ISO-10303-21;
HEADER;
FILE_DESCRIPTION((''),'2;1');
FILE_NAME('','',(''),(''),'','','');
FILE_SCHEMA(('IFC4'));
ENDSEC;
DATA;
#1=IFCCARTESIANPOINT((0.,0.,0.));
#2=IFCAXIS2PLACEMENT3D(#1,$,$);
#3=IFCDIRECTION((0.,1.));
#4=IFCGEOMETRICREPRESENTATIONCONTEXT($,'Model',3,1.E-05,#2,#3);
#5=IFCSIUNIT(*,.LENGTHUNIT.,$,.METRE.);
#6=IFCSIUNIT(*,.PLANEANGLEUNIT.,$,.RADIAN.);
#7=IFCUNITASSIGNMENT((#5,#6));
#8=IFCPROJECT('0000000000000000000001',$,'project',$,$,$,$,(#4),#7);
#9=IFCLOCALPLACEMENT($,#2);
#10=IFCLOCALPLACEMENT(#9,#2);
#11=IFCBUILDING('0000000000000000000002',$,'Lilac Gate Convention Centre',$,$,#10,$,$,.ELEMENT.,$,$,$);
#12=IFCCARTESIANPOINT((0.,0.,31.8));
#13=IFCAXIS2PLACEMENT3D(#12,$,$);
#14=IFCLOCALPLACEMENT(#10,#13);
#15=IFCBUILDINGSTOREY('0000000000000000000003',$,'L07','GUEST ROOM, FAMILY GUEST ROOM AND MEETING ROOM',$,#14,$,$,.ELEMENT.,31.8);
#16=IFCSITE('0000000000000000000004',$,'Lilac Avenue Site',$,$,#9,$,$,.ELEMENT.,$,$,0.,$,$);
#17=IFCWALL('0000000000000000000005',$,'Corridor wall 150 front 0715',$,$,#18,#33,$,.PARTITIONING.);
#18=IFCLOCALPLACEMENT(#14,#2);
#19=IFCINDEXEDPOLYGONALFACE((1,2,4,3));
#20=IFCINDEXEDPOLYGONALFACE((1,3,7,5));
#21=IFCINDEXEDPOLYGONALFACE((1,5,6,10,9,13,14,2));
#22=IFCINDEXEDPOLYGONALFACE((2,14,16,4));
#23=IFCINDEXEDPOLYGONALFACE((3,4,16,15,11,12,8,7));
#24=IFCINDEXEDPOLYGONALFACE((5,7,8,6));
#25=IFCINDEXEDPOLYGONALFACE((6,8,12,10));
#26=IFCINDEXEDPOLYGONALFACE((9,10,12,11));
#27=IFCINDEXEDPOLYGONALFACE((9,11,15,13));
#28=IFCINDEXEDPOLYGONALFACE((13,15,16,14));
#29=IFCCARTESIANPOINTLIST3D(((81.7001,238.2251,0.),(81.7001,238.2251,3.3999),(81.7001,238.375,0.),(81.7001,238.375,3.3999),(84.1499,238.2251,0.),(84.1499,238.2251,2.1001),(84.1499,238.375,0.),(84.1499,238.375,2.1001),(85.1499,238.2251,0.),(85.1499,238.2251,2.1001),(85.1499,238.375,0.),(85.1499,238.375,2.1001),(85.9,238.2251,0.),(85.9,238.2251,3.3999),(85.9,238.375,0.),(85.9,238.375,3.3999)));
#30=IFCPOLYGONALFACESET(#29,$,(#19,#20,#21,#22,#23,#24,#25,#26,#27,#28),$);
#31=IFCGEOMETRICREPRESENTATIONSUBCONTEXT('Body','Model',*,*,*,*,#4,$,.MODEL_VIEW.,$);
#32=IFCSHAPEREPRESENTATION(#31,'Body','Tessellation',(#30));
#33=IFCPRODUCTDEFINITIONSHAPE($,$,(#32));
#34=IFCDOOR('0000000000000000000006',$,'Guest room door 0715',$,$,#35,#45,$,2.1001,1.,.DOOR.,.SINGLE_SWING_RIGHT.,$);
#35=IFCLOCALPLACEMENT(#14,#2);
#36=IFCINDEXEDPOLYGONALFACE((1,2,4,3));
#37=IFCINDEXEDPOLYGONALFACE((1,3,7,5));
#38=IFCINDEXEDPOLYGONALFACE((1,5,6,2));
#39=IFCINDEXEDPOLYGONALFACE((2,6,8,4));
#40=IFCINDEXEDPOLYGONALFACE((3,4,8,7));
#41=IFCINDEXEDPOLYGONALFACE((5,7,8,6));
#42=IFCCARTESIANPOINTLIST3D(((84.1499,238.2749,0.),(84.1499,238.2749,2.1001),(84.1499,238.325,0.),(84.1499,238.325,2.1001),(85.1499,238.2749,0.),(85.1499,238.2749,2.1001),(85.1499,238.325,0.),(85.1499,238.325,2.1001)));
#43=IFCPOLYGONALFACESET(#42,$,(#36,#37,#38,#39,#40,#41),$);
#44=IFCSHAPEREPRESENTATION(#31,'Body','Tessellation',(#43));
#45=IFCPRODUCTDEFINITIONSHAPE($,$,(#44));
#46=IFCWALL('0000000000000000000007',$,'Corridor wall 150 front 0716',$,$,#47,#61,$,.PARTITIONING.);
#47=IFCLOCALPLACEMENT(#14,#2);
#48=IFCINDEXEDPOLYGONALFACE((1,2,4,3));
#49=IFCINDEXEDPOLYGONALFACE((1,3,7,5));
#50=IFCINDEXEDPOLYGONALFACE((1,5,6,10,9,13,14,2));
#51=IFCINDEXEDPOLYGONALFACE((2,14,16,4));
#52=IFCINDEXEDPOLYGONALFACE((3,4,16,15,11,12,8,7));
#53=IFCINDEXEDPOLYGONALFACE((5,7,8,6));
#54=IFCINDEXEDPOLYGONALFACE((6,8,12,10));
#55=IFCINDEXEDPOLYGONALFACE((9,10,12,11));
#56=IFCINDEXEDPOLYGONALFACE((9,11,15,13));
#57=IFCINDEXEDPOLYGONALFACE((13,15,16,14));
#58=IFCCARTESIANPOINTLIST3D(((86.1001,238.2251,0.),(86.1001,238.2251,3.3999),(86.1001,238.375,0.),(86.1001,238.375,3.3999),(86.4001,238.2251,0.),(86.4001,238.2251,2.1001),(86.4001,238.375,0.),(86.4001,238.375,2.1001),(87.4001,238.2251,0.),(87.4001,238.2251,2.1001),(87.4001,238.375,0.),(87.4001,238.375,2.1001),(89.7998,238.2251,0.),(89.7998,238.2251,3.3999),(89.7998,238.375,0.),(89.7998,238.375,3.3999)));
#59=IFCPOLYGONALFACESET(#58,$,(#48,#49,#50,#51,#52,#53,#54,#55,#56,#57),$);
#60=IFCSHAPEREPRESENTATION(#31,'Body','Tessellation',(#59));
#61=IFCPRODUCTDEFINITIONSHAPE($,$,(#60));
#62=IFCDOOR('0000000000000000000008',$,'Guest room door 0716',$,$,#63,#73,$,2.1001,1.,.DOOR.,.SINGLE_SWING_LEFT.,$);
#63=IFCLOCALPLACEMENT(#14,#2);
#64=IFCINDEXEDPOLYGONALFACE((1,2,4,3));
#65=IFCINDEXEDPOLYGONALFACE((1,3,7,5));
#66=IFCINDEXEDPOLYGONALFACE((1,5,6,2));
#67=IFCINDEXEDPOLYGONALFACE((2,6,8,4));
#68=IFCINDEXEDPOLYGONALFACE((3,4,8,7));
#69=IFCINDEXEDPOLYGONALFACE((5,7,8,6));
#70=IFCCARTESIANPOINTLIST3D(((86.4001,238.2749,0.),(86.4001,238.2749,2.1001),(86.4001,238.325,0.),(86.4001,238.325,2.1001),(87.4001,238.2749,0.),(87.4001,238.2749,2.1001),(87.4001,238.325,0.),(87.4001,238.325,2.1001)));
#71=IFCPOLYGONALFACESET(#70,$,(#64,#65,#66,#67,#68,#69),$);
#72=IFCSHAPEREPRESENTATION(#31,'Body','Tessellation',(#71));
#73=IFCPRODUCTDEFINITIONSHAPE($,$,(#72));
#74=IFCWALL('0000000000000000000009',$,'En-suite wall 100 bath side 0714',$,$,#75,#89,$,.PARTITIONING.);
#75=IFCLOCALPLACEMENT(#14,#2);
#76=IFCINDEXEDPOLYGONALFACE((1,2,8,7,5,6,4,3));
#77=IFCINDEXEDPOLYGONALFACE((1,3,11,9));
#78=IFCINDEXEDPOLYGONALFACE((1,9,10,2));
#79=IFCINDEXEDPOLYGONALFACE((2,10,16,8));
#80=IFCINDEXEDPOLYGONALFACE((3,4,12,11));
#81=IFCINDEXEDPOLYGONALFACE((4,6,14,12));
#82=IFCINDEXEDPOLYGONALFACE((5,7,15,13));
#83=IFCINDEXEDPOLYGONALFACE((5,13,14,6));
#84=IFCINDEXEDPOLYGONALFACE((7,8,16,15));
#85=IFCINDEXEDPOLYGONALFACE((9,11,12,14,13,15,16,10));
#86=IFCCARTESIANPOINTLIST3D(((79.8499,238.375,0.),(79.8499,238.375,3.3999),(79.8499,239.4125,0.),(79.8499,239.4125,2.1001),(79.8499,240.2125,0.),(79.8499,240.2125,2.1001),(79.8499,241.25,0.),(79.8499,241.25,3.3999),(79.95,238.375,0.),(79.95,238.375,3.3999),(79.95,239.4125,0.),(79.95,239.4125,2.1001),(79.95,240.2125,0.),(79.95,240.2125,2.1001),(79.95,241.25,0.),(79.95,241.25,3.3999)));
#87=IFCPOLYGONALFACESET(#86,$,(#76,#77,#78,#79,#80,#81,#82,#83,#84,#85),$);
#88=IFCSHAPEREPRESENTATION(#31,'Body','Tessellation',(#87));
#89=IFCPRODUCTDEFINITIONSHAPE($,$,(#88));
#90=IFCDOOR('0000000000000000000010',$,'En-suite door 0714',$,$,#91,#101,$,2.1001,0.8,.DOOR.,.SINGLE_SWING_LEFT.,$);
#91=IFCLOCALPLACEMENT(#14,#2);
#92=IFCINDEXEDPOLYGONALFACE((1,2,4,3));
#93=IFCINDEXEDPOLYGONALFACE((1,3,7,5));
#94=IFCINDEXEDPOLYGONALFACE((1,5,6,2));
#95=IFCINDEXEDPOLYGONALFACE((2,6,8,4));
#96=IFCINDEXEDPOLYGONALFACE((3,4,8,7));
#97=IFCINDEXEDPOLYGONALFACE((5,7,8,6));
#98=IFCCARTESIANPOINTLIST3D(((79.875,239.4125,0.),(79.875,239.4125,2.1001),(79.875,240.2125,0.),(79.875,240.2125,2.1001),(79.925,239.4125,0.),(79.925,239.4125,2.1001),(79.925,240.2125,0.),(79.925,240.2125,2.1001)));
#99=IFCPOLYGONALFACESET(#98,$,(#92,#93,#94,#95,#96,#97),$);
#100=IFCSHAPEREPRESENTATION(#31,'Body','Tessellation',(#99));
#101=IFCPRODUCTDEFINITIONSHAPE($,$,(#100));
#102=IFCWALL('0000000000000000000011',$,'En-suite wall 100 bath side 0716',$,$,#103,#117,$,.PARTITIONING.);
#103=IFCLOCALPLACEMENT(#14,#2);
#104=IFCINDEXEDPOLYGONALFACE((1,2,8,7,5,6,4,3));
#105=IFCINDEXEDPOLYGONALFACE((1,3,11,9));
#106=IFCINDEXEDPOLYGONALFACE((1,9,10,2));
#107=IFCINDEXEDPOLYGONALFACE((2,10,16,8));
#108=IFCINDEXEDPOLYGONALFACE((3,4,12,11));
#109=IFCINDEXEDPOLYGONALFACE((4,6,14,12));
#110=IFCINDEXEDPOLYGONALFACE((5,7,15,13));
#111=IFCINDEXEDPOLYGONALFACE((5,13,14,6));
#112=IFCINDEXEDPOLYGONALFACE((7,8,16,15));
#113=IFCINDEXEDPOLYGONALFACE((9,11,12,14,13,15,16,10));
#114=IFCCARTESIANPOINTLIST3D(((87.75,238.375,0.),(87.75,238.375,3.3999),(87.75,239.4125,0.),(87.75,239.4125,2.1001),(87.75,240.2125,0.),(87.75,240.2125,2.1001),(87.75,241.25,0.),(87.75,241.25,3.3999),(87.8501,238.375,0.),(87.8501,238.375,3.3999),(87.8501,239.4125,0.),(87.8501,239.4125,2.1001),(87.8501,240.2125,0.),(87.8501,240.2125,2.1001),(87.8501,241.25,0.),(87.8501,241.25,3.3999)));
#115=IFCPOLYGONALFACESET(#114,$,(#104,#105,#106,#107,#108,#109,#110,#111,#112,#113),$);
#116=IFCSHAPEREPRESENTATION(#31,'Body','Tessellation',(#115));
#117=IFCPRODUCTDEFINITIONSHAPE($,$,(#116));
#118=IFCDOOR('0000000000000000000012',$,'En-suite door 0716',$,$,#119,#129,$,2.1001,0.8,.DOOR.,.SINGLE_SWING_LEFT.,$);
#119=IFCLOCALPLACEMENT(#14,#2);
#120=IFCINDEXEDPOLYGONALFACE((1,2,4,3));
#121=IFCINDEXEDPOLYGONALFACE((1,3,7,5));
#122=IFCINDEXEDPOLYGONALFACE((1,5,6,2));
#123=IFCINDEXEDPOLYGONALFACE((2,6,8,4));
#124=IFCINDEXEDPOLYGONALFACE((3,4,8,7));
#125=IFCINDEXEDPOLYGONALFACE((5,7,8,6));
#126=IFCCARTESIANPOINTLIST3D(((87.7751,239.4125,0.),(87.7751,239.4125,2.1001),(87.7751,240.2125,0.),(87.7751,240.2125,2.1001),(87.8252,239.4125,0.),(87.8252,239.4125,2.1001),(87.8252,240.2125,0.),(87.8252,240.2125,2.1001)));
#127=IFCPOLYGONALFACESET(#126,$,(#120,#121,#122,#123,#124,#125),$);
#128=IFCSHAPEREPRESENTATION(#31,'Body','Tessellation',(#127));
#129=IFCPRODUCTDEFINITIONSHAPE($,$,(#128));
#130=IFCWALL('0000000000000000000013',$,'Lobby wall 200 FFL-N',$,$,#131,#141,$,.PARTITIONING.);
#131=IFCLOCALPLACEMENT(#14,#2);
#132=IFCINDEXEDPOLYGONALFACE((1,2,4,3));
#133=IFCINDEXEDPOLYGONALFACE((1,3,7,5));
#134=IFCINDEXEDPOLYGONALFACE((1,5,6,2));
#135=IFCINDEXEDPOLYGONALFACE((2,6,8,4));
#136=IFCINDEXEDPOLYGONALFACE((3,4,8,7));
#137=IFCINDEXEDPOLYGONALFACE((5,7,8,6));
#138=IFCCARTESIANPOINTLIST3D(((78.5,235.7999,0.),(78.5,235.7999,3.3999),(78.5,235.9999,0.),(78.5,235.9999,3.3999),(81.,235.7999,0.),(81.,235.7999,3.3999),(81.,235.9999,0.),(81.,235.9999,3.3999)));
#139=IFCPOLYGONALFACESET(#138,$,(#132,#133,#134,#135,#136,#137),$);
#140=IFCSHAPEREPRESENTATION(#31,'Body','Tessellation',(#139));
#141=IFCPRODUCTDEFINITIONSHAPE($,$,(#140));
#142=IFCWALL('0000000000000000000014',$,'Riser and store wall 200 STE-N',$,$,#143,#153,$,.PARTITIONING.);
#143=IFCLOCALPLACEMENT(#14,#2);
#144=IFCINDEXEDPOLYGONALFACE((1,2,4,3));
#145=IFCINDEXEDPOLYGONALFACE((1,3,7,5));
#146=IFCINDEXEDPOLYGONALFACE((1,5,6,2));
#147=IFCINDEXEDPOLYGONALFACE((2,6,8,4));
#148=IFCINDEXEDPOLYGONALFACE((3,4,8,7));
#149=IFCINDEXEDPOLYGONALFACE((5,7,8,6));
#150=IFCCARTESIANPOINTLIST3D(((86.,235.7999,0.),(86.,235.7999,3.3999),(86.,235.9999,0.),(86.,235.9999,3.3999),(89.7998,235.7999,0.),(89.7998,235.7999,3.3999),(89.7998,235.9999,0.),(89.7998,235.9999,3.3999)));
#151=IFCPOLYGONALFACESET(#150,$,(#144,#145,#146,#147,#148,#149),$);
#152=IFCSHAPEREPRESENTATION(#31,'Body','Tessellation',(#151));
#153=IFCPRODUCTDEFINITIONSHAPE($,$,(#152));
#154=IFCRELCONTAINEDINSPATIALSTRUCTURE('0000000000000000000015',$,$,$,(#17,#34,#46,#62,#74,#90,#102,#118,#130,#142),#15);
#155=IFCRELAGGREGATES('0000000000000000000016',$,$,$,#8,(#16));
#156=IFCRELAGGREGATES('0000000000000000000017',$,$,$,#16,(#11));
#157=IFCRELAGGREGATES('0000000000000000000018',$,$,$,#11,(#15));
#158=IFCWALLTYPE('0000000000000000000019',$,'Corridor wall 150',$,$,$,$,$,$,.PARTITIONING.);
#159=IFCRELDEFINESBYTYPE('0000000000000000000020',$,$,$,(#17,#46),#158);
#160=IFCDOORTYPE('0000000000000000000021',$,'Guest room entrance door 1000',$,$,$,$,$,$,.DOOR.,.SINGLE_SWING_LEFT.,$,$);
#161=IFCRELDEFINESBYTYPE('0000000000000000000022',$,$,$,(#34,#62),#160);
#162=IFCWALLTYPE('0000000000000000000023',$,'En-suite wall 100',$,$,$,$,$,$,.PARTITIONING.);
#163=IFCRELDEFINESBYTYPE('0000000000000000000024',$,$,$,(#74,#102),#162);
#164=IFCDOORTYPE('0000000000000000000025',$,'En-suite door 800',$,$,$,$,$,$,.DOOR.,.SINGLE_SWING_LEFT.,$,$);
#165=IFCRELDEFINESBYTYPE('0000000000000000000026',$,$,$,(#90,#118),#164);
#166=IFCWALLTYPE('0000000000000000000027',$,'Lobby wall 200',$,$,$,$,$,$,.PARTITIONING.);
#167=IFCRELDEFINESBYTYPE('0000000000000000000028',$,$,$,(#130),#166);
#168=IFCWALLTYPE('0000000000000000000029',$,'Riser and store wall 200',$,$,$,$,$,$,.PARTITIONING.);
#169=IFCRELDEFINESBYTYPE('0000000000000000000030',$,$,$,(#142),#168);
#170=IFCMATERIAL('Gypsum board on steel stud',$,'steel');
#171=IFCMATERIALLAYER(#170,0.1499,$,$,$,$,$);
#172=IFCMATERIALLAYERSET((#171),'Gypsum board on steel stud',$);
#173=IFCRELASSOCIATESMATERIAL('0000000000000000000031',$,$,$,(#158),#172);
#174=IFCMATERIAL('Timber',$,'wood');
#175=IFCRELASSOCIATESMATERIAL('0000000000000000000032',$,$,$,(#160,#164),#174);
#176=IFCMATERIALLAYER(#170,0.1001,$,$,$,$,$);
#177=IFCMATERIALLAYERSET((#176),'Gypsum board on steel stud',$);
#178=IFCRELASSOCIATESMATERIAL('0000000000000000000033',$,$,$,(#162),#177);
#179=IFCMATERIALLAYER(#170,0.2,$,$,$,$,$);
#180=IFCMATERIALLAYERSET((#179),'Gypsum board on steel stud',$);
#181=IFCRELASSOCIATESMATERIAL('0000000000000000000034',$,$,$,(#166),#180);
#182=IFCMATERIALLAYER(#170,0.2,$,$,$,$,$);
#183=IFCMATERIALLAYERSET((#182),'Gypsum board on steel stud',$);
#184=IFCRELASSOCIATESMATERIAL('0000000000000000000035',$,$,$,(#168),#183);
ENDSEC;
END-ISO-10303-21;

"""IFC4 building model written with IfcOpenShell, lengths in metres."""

from ifc_helpers import new_model, si_unit, direction, frame, frame_2d, origin, place, context, subcontext, project, spatial, rectangle, extrude, material, layer, layer_set, type_object, element, fill, save


model = new_model("IFC4")

# Units and contexts
model_context = context("Model", 3, precision=1e-05, world=origin(), true_north=direction((0.0, 1.0)))
body_context = subcontext(model_context, "Body", "Model", "MODEL_VIEW")
ifc_project = project(units=[si_unit("LENGTHUNIT", "METRE"), si_unit("PLANEANGLEUNIT", "RADIAN")], contexts=[model_context])

# Site, building, storey
site_placement = place(None, origin())
site = spatial("IfcSite", under=ifc_project, at=site_placement, Name="Lilac Avenue Site", CompositionType="ELEMENT", RefElevation=0.0)
building_placement = place(site_placement, origin())
building = spatial("IfcBuilding", under=site, at=building_placement, Name="Lilac Gate Convention Centre", CompositionType="ELEMENT")
storey_placement = place(building_placement, frame((0.0, 0.0, 31.8)))
storey = spatial("IfcBuildingStorey", under=building, at=storey_placement, Name="L07", Description="GUEST ROOM, FAMILY GUEST ROOM AND MEETING ROOM", CompositionType="ELEMENT", Elevation=31.8)

# Walls, openings, doors
ifc_material_1 = material(Name="Gypsum board on steel stud", Category="steel")
ifc_layer_1 = layer(ifc_material_1, 0.1499)
ifc_layer_set_1 = layer_set([ifc_layer_1], Name="Gypsum board on steel stud")
wall_type_1 = type_object("IfcWallType", Name="Corridor wall 150", PredefinedType="PARTITIONING", material=ifc_layer_set_1)
ifc_material_2 = material(Name="Timber", Category="wood")
door_type_1 = type_object("IfcDoorType", Name="Guest room entrance door 1000", OperationType="SINGLE_SWING_LEFT", PredefinedType="DOOR", material=ifc_material_2)
wall_1_placement = place(storey_placement, frame((81.7, 238.3, 0.0), z_axis=(0.0, 0.0, 1.0), x_axis=(1.0, 0.0, 0.0)))
wall_1 = element("IfcWall", 1, at=wall_1_placement, inside=storey, type_object=wall_type_1, Name="Corridor wall 150 front 0715", PredefinedType="PARTITIONING", context=body_context, shape_type="SweptSolid", body=[
    extrude(rectangle(XDim=4.2, YDim=0.1499, at=frame_2d((2.1001, 0.0))), origin(), (0.0, 0.0, 1.0), 3.3999),
])
opening_1_placement = place(wall_1_placement, frame((2.45, 0.0, 0.0)))
opening_1 = element("IfcOpeningElement", 2, at=opening_1_placement, cuts=wall_1, PredefinedType="OPENING", context=body_context, shape_type="SweptSolid", body=[
    extrude(rectangle(XDim=1.0, YDim=2.1001, at=frame_2d((0.5, 1.05))), frame((0.0, 0.085, 0.0), z_axis=(0.0, -1.0, 0.0), x_axis=(1.0, 0.0, 0.0)), (0.0, 0.0, 1.0), 0.1699),
])
door_1_placement = place(opening_1_placement, origin())
door_1 = element("IfcDoor", 3, at=door_1_placement, inside=storey, type_object=door_type_1, Name="Guest room door 0715", OperationType="SINGLE_SWING_RIGHT", OverallHeight=2.1001, OverallWidth=1.0, PredefinedType="DOOR", context=body_context, shape_type="SweptSolid", body=[
    extrude(rectangle(XDim=1.0, YDim=2.1001, at=frame_2d((0.5, 1.05))), frame((0.0, 0.0249, 0.0), z_axis=(0.0, -1.0, 0.0), x_axis=(1.0, 0.0, 0.0)), (0.0, 0.0, 1.0), 0.05),
])
fill(opening_1, door_1)
wall_2_placement = place(storey_placement, frame((86.1001, 238.3, 0.0), z_axis=(0.0, 0.0, 1.0), x_axis=(1.0, 0.0, 0.0)))
wall_2 = element("IfcWall", 4, at=wall_2_placement, inside=storey, type_object=wall_type_1, Name="Corridor wall 150 front 0716", PredefinedType="PARTITIONING", context=body_context, shape_type="SweptSolid", body=[
    extrude(rectangle(XDim=3.6997, YDim=0.1499, at=frame_2d((1.8499, 0.0))), origin(), (0.0, 0.0, 1.0), 3.3999),
])
opening_2_placement = place(wall_2_placement, frame((0.3, 0.0, 0.0)))
opening_2 = element("IfcOpeningElement", 5, at=opening_2_placement, cuts=wall_2, PredefinedType="OPENING", context=body_context, shape_type="SweptSolid", body=[
    extrude(rectangle(XDim=1.0, YDim=2.1001, at=frame_2d((0.5, 1.05))), frame((0.0, 0.085, 0.0), z_axis=(0.0, -1.0, 0.0), x_axis=(1.0, 0.0, 0.0)), (0.0, 0.0, 1.0), 0.1699),
])
door_2_placement = place(opening_2_placement, origin())
door_2 = element("IfcDoor", 6, at=door_2_placement, inside=storey, type_object=door_type_1, Name="Guest room door 0716", OperationType="SINGLE_SWING_LEFT", OverallHeight=2.1001, OverallWidth=1.0, PredefinedType="DOOR", context=body_context, shape_type="SweptSolid", body=[
    extrude(rectangle(XDim=1.0, YDim=2.1001, at=frame_2d((0.5, 1.05))), frame((0.0, 0.0249, 0.0), z_axis=(0.0, -1.0, 0.0), x_axis=(1.0, 0.0, 0.0)), (0.0, 0.0, 1.0), 0.05),
])
fill(opening_2, door_2)
ifc_layer_2 = layer(ifc_material_1, 0.1001)
ifc_layer_set_2 = layer_set([ifc_layer_2], Name="Gypsum board on steel stud")
wall_type_2 = type_object("IfcWallType", Name="En-suite wall 100", PredefinedType="PARTITIONING", material=ifc_layer_set_2)
wall_3_placement = place(storey_placement, frame((79.8999, 238.375, 0.0), z_axis=(0.0, 0.0, 1.0), x_axis=(0.0, 1.0, 0.0)))
wall_3 = element("IfcWall", 7, at=wall_3_placement, inside=storey, type_object=wall_type_2, Name="En-suite wall 100 bath side 0714", PredefinedType="PARTITIONING", context=body_context, shape_type="SweptSolid", body=[
    extrude(rectangle(XDim=2.875, YDim=0.1001, at=frame_2d((1.4375, 0.0))), origin(), (0.0, 0.0, 1.0), 3.3999),
])
opening_3_placement = place(wall_3_placement, frame((1.0376, 0.0, 0.0)))
opening_3 = element("IfcOpeningElement", 8, at=opening_3_placement, cuts=wall_3, PredefinedType="OPENING", context=body_context, shape_type="SweptSolid", body=[
    extrude(rectangle(XDim=0.8, YDim=2.1001, at=frame_2d((0.3999, 1.05))), frame((0.0, 0.0601, 0.0), z_axis=(0.0, -1.0, 0.0), x_axis=(1.0, 0.0, 0.0)), (0.0, 0.0, 1.0), 0.1201),
])
door_type_2 = type_object("IfcDoorType", Name="En-suite door 800", OperationType="SINGLE_SWING_LEFT", PredefinedType="DOOR", material=ifc_material_2)
door_3_placement = place(opening_3_placement, origin())
door_3 = element("IfcDoor", 9, at=door_3_placement, inside=storey, type_object=door_type_2, Name="En-suite door 0714", OperationType="SINGLE_SWING_LEFT", OverallHeight=2.1001, OverallWidth=0.8, PredefinedType="DOOR", context=body_context, shape_type="SweptSolid", body=[
    extrude(rectangle(XDim=0.8, YDim=2.1001, at=frame_2d((0.3999, 1.05))), frame((0.0, 0.0249, 0.0), z_axis=(0.0, -1.0, 0.0), x_axis=(1.0, 0.0, 0.0)), (0.0, 0.0, 1.0), 0.05),
])
fill(opening_3, door_3)
wall_4_placement = place(storey_placement, frame((87.8, 238.375, 0.0), z_axis=(0.0, 0.0, 1.0), x_axis=(0.0, 1.0, 0.0)))
wall_4 = element("IfcWall", 10, at=wall_4_placement, inside=storey, type_object=wall_type_2, Name="En-suite wall 100 bath side 0716", PredefinedType="PARTITIONING", context=body_context, shape_type="SweptSolid", body=[
    extrude(rectangle(XDim=2.875, YDim=0.1001, at=frame_2d((1.4375, 0.0))), origin(), (0.0, 0.0, 1.0), 3.3999),
])
opening_4_placement = place(wall_4_placement, frame((1.0376, 0.0, 0.0)))
opening_4 = element("IfcOpeningElement", 11, at=opening_4_placement, cuts=wall_4, PredefinedType="OPENING", context=body_context, shape_type="SweptSolid", body=[
    extrude(rectangle(XDim=0.8, YDim=2.1001, at=frame_2d((0.3999, 1.05))), frame((0.0, 0.0601, 0.0), z_axis=(0.0, -1.0, 0.0), x_axis=(1.0, 0.0, 0.0)), (0.0, 0.0, 1.0), 0.1201),
])
door_4_placement = place(opening_4_placement, origin())
door_4 = element("IfcDoor", 12, at=door_4_placement, inside=storey, type_object=door_type_2, Name="En-suite door 0716", OperationType="SINGLE_SWING_LEFT", OverallHeight=2.1001, OverallWidth=0.8, PredefinedType="DOOR", context=body_context, shape_type="SweptSolid", body=[
    extrude(rectangle(XDim=0.8, YDim=2.1001, at=frame_2d((0.3999, 1.05))), frame((0.0, 0.0249, 0.0), z_axis=(0.0, -1.0, 0.0), x_axis=(1.0, 0.0, 0.0)), (0.0, 0.0, 1.0), 0.05),
])
fill(opening_4, door_4)

# Walls
ifc_layer_3 = layer(ifc_material_1, 0.2)
ifc_layer_set_3 = layer_set([ifc_layer_3], Name="Gypsum board on steel stud")
wall_type_3 = type_object("IfcWallType", Name="Lobby wall 200", PredefinedType="PARTITIONING", material=ifc_layer_set_3)
wall_5_placement = place(storey_placement, frame((78.5, 235.8999, 0.0), z_axis=(0.0, 0.0, 1.0), x_axis=(1.0, 0.0, 0.0)))
element("IfcWall", 13, at=wall_5_placement, inside=storey, type_object=wall_type_3, Name="Lobby wall 200 FFL-N", PredefinedType="PARTITIONING", context=body_context, shape_type="SweptSolid", body=[
    extrude(rectangle(XDim=2.5, YDim=0.2, at=frame_2d((1.25, 0.0))), origin(), (0.0, 0.0, 1.0), 3.3999),
])
ifc_layer_4 = layer(ifc_material_1, 0.2)
ifc_layer_set_4 = layer_set([ifc_layer_4], Name="Gypsum board on steel stud")
wall_type_4 = type_object("IfcWallType", Name="Riser and store wall 200", PredefinedType="PARTITIONING", material=ifc_layer_set_4)
wall_6_placement = place(storey_placement, frame((86.0, 235.8999, 0.0), z_axis=(0.0, 0.0, 1.0), x_axis=(1.0, 0.0, 0.0)))
element("IfcWall", 14, at=wall_6_placement, inside=storey, type_object=wall_type_4, Name="Riser and store wall 200 STE-N", PredefinedType="PARTITIONING", context=body_context, shape_type="SweptSolid", body=[
    extrude(rectangle(XDim=3.7998, YDim=0.2, at=frame_2d((1.8999, 0.0))), origin(), (0.0, 0.0, 1.0), 3.3999),
])

save(model, "model.ifc")
